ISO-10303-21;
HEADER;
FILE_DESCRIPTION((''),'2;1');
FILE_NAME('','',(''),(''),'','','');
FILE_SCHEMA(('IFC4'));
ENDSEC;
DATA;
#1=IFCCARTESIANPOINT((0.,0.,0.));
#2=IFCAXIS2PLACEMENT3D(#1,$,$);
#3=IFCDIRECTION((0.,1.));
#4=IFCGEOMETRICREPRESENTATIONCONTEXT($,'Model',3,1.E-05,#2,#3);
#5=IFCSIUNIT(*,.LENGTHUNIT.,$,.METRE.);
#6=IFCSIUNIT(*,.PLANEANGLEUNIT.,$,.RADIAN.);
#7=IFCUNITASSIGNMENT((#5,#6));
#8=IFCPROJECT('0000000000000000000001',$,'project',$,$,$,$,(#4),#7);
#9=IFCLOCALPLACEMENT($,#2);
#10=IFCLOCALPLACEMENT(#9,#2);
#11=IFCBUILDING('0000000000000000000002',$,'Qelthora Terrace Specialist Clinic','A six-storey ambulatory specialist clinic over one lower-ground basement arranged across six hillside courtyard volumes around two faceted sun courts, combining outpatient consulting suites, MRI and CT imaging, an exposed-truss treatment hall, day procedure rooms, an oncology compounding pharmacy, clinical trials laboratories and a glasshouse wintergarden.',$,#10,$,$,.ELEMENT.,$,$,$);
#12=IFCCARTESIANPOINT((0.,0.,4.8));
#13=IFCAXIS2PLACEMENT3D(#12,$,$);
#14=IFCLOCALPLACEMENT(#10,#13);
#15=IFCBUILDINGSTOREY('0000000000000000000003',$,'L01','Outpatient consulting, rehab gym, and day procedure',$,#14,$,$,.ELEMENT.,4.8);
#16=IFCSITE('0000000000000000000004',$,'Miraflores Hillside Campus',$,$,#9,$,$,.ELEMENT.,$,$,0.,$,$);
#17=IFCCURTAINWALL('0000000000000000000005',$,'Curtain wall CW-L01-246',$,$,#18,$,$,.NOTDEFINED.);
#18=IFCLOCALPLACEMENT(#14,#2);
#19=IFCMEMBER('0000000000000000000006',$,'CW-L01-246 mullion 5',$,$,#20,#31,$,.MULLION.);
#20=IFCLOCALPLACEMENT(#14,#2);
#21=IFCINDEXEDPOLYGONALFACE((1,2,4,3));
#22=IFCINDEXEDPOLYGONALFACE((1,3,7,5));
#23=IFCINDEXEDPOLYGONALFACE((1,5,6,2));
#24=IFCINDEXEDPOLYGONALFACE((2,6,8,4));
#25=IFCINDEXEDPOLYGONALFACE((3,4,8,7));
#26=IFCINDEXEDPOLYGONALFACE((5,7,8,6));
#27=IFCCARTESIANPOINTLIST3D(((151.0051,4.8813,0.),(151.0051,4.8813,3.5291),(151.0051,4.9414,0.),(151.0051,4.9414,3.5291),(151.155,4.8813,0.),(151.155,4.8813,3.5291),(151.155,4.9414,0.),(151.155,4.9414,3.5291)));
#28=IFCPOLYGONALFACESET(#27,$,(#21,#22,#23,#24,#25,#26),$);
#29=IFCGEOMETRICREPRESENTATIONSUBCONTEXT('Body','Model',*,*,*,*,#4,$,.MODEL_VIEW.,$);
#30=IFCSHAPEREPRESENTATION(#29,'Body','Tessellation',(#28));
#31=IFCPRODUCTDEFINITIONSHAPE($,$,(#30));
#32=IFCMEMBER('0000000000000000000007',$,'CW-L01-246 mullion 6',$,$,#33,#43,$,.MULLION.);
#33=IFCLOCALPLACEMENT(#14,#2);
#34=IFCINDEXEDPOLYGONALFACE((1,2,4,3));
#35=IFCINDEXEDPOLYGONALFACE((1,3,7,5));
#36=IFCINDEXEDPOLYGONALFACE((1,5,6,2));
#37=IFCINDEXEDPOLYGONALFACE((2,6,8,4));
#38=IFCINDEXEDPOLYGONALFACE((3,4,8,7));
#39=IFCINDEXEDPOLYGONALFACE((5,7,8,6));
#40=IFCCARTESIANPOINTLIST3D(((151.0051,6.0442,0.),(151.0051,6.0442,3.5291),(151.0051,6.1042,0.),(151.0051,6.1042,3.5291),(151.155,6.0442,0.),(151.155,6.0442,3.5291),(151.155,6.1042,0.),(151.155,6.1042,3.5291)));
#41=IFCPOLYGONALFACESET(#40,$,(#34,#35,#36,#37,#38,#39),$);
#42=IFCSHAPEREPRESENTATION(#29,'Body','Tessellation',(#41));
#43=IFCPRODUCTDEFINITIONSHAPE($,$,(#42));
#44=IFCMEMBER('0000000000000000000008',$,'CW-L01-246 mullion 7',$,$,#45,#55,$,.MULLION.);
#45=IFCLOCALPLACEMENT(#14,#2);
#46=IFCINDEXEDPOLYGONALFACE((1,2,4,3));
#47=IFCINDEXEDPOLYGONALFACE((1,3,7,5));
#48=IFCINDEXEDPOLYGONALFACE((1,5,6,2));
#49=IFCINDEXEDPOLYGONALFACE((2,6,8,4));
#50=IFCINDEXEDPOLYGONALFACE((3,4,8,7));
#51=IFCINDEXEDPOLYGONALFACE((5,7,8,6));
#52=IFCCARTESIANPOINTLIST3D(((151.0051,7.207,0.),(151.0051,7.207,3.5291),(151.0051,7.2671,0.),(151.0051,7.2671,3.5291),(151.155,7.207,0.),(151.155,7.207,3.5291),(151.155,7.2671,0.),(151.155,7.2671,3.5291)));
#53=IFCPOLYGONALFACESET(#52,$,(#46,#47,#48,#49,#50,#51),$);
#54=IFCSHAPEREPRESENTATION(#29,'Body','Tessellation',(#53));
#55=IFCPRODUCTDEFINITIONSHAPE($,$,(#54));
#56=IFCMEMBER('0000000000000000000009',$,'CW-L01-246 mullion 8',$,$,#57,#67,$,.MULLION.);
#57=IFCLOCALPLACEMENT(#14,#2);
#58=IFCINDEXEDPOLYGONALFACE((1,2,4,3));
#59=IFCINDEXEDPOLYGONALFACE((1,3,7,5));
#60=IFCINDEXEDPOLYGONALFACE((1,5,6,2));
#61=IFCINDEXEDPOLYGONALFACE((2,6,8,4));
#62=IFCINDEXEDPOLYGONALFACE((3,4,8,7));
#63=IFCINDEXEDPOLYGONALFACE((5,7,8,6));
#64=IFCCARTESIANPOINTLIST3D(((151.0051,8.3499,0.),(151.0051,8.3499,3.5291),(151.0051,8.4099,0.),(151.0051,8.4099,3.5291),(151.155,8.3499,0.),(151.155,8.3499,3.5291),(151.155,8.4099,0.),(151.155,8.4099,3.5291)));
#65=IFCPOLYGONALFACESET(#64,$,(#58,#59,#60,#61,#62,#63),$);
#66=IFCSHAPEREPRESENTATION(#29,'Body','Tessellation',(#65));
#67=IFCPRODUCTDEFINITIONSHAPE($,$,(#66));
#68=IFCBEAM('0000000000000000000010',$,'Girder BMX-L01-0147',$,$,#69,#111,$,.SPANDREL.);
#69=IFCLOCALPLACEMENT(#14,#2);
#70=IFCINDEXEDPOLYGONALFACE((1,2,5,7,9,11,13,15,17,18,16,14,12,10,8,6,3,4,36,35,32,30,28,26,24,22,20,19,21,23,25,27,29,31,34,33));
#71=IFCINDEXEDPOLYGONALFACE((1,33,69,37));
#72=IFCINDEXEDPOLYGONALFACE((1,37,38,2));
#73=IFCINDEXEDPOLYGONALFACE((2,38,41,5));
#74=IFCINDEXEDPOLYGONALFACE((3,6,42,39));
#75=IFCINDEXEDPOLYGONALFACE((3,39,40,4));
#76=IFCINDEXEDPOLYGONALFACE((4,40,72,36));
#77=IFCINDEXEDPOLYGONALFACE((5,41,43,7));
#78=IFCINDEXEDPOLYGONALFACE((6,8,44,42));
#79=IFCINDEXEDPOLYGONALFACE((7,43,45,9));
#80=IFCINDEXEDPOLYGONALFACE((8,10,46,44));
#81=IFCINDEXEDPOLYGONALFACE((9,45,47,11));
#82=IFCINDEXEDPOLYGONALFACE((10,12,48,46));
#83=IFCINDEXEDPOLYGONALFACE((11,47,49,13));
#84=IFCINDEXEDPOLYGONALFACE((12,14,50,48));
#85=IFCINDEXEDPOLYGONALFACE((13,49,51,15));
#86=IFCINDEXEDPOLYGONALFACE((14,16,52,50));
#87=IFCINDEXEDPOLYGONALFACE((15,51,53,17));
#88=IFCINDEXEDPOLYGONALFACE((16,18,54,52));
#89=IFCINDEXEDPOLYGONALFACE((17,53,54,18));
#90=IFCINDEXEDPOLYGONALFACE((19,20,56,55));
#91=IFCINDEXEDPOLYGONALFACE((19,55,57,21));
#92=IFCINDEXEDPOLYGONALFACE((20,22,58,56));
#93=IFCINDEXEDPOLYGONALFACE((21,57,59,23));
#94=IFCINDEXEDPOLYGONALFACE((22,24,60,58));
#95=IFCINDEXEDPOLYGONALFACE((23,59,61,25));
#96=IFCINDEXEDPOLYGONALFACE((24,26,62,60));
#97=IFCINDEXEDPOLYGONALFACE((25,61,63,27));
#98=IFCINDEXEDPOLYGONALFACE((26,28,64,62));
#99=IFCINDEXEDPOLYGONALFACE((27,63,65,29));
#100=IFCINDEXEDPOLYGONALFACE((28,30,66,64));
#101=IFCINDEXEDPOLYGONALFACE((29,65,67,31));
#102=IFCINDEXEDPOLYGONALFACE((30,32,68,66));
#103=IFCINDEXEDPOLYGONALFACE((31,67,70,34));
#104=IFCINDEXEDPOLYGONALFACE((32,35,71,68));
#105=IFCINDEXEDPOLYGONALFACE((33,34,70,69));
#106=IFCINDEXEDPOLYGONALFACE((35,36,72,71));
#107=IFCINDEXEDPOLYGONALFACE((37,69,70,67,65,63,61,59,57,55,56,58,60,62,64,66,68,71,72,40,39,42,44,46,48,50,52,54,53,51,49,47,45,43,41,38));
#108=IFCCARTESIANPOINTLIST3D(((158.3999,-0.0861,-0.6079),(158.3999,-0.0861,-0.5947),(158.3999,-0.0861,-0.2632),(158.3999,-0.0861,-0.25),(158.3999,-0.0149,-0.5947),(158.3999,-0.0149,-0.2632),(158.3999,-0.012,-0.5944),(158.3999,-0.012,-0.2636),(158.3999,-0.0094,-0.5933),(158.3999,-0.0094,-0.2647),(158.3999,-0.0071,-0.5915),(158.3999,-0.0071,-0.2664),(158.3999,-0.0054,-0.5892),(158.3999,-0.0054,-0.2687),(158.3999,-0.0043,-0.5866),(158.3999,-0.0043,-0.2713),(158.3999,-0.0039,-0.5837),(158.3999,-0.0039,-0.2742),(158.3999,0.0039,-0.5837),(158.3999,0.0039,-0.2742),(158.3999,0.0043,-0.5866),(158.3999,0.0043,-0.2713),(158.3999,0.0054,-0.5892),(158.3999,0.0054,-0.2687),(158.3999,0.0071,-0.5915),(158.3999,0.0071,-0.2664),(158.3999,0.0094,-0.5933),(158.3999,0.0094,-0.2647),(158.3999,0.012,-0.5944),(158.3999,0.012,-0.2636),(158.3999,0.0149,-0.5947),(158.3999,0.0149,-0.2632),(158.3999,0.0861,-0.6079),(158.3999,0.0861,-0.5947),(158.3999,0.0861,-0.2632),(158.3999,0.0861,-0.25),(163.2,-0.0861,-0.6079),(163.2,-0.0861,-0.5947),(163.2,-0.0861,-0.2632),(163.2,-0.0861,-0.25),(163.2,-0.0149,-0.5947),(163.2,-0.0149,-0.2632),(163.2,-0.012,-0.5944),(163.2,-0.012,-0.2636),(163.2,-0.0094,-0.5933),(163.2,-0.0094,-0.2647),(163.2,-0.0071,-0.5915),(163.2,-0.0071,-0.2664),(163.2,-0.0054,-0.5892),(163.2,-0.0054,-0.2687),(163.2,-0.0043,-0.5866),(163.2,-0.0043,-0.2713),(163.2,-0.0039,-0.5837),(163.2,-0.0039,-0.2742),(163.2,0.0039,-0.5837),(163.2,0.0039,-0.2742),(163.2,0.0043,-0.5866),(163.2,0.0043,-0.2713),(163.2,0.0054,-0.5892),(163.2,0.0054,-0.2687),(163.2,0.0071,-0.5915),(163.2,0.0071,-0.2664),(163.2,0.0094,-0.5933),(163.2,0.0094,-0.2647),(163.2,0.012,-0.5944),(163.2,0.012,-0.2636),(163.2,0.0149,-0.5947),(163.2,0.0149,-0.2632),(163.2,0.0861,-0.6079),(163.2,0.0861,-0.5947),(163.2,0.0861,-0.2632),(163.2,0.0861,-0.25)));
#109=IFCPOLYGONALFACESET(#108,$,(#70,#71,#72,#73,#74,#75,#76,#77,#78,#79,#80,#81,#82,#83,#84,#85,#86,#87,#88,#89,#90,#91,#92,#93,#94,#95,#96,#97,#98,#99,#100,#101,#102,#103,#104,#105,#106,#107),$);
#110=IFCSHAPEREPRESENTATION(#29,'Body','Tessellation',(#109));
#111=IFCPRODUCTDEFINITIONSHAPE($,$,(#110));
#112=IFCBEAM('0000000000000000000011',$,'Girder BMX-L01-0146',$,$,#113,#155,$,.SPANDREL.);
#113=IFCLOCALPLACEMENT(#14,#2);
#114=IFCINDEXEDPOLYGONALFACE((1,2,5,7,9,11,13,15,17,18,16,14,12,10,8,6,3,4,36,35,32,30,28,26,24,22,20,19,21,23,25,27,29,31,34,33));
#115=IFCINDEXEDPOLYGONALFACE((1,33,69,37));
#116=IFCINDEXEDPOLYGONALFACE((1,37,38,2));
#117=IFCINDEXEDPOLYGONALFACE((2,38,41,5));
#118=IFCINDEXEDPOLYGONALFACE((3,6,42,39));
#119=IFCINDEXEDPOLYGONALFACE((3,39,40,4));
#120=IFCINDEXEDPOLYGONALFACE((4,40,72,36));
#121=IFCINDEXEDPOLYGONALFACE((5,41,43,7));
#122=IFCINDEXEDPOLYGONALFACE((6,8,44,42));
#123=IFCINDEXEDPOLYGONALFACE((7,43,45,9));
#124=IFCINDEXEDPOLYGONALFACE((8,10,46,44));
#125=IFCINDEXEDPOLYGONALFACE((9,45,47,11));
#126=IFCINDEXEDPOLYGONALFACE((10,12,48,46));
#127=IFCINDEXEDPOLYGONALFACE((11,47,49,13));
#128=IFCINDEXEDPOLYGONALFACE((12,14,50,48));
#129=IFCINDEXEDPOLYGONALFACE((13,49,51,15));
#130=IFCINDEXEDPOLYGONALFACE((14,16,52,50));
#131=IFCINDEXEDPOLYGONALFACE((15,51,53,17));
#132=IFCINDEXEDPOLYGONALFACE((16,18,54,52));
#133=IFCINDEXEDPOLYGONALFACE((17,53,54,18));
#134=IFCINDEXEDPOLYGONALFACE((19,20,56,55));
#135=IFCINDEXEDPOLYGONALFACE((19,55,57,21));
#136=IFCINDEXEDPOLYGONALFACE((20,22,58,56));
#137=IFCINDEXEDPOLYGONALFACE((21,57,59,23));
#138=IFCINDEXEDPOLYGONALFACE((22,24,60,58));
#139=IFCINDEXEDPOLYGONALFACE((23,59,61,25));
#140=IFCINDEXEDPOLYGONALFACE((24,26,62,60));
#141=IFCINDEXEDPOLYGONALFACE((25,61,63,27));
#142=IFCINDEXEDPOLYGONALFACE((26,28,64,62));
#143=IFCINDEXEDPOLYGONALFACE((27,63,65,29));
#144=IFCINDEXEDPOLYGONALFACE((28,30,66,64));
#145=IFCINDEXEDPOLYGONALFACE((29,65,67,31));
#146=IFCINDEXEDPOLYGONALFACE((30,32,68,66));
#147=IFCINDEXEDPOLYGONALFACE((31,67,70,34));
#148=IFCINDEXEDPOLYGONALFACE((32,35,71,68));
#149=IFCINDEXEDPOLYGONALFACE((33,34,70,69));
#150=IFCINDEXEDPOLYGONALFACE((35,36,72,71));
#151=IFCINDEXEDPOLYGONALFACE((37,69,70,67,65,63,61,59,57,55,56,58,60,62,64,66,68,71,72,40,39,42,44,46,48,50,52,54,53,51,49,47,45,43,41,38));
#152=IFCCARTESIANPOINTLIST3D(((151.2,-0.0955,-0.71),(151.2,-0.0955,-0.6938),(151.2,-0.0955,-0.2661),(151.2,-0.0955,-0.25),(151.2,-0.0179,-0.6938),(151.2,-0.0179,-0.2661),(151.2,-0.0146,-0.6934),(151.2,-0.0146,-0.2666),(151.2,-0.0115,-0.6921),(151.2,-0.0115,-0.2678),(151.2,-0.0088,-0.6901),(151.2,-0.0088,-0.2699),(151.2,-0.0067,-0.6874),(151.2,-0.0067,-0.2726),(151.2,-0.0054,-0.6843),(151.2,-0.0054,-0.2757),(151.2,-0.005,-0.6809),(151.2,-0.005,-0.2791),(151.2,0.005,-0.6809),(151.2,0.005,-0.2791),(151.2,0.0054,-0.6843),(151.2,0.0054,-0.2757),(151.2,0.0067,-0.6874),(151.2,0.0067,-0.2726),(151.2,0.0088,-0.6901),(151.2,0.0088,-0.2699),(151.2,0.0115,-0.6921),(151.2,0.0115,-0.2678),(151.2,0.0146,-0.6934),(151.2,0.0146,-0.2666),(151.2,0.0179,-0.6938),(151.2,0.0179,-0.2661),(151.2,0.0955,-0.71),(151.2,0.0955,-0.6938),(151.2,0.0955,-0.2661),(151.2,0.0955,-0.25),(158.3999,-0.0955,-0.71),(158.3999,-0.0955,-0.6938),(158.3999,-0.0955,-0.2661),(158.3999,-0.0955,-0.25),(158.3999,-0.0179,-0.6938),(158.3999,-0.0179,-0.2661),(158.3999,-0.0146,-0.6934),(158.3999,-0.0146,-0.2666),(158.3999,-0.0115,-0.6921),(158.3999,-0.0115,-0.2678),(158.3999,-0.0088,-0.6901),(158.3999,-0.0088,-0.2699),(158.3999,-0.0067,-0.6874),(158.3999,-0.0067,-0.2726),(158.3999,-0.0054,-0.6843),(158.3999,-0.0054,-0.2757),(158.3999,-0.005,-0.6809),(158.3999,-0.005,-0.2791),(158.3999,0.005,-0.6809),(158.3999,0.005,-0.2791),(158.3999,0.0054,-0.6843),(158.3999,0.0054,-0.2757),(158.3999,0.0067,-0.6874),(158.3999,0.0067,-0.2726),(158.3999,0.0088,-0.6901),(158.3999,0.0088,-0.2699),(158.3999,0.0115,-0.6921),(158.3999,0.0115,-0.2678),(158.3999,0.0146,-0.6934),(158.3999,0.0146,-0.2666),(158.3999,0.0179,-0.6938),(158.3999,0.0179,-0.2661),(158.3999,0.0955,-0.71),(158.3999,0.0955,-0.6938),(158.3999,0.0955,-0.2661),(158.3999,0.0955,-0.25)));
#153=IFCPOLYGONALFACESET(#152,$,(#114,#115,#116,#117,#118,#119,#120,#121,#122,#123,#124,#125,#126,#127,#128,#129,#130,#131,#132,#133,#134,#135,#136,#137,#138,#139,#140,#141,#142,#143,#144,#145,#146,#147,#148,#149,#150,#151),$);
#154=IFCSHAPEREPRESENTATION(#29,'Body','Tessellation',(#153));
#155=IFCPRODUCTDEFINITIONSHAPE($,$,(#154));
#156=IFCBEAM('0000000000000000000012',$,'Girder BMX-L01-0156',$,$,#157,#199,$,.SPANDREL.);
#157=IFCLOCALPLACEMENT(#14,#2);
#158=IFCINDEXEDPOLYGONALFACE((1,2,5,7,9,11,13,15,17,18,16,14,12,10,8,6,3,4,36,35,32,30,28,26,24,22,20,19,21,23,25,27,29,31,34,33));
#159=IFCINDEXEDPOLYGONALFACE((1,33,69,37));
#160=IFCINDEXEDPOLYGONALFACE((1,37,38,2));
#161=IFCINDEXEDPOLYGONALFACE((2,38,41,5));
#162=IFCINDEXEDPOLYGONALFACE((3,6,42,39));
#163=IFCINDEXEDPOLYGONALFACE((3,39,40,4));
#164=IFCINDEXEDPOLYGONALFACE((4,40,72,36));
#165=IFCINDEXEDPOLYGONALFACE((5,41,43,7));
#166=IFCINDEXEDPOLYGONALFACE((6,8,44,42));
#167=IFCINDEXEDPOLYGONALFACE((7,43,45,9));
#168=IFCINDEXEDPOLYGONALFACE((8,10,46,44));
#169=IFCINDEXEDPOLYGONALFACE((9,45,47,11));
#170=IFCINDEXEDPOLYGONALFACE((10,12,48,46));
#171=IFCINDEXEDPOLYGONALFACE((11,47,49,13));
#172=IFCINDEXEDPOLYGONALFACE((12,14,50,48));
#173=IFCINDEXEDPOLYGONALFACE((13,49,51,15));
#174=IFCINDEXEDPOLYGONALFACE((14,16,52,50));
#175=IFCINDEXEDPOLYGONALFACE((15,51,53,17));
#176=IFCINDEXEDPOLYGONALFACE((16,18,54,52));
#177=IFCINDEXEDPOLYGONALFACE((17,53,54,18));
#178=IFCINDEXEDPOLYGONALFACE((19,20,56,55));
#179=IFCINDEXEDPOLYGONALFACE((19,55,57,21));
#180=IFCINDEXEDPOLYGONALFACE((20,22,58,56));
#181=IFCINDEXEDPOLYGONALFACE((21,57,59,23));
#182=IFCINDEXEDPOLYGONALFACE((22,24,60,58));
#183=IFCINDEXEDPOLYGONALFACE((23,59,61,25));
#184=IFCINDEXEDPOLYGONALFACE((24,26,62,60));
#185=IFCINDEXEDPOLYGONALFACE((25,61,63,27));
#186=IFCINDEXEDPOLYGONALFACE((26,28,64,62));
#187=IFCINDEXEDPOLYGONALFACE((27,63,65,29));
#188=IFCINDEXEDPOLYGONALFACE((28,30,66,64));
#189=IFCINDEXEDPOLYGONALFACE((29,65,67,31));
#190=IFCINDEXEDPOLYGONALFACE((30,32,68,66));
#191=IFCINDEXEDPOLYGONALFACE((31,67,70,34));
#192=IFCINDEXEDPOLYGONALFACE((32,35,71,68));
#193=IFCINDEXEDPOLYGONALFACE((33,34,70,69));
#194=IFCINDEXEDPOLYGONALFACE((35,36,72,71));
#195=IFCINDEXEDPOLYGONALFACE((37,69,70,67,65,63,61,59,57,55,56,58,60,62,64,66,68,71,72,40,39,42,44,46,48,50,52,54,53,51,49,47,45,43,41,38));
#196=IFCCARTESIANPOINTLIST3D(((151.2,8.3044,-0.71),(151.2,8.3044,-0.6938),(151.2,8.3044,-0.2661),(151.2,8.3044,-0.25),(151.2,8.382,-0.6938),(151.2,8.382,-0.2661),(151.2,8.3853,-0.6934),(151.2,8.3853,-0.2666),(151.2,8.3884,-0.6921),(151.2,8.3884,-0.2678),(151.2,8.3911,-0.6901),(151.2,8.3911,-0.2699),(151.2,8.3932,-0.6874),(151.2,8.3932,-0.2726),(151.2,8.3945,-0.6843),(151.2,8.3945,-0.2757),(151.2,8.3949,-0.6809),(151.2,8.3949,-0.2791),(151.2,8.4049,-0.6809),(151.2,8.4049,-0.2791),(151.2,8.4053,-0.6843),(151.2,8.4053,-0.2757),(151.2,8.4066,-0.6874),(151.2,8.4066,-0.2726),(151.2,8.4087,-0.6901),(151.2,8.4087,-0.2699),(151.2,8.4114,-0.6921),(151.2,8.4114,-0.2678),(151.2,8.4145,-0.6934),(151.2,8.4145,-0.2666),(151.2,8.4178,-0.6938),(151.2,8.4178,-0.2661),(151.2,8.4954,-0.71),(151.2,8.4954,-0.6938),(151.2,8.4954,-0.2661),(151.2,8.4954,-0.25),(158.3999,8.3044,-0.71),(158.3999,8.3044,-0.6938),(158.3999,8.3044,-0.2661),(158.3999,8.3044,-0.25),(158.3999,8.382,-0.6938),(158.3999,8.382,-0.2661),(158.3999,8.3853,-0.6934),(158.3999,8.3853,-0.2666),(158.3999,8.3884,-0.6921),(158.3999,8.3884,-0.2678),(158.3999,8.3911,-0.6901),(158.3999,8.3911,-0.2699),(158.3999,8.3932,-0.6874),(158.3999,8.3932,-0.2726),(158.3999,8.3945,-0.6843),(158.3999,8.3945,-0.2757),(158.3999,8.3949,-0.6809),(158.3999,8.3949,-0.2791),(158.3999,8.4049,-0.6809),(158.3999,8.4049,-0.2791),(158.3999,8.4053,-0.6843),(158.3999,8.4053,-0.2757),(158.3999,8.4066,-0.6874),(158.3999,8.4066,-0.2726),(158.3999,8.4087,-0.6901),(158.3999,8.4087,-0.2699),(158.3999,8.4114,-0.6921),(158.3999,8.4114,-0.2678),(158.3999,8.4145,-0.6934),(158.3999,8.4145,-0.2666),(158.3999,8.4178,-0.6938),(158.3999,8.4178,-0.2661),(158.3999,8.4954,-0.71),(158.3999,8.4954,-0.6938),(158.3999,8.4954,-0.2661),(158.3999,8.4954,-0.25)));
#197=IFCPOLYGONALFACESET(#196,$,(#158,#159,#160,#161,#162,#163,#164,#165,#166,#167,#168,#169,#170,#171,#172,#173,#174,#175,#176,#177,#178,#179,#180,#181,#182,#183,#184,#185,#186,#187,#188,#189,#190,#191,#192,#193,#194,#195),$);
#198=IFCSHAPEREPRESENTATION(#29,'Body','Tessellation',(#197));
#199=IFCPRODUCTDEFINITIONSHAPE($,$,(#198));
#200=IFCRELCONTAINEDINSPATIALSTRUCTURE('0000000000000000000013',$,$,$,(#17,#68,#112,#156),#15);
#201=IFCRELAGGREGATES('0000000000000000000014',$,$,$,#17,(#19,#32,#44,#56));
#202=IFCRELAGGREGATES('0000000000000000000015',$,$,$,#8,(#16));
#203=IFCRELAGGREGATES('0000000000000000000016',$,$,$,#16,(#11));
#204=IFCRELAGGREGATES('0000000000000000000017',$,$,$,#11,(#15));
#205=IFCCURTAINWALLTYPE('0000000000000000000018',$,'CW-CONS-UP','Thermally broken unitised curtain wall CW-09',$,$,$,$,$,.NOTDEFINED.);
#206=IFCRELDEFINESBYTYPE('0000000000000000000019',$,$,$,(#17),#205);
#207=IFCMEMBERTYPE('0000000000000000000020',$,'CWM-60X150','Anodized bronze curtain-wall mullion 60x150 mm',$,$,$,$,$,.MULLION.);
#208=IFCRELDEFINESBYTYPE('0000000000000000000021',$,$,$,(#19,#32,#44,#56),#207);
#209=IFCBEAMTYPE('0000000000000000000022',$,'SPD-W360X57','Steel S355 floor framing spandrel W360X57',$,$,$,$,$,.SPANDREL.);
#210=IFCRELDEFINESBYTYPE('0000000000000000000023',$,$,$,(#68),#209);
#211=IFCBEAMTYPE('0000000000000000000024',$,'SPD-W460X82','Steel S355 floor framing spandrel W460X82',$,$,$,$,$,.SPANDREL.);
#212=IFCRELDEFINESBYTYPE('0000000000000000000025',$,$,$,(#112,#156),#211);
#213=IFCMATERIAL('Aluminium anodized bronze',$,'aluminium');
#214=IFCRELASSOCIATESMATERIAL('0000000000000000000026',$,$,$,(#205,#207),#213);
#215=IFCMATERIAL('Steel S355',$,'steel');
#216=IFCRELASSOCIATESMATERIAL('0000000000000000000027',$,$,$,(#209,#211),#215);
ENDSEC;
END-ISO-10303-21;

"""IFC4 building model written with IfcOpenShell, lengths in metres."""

from ifc_helpers import new_model, si_unit, direction, frame, origin, origin_2d, place, context, subcontext, project, spatial, rectangle, i_section, extrude, material, material_profile, profile_set, type_object, element, aggregate, save


model = new_model("IFC4")

# Units and contexts
model_context = context("Model", 3, precision=1e-05, world=origin(), true_north=direction((0.0, 1.0)))
body_context = subcontext(model_context, "Body", "Model", "MODEL_VIEW")
ifc_project = project(units=[si_unit("LENGTHUNIT", "METRE"), si_unit("PLANEANGLEUNIT", "RADIAN")], contexts=[model_context])

# Site, building, storey
site_placement = place(None, origin())
site = spatial("IfcSite", under=ifc_project, at=site_placement, Name="Miraflores Hillside Campus", CompositionType="ELEMENT", RefElevation=0.0)
building_placement = place(site_placement, origin())
building = spatial("IfcBuilding", under=site, at=building_placement, Name="Qelthora Terrace Specialist Clinic", Description="A six-storey ambulatory specialist clinic over one lower-ground basement arranged across six hillside courtyard volumes around two faceted sun courts, combining outpatient consulting suites, MRI and CT imaging, an exposed-truss treatment hall, day procedure rooms, an oncology compounding pharmacy, clinical trials laboratories and a glasshouse wintergarden.", CompositionType="ELEMENT")
storey_placement = place(building_placement, frame((0.0, 0.0, 4.8)))
storey = spatial("IfcBuildingStorey", under=building, at=storey_placement, Name="L01", Description="Outpatient consulting, rehab gym, and day procedure", CompositionType="ELEMENT", Elevation=4.8)

# Shared definitions
ifc_material_1 = material(Name="Steel S355", Category="steel")

# Curtain wall, members
ifc_material_2 = material(Name="Aluminium anodized bronze", Category="aluminium")
curtain_wall_type = type_object("IfcCurtainWallType", Name="CW-CONS-UP", Description="Thermally broken unitised curtain wall CW-09", PredefinedType="NOTDEFINED", material=ifc_material_2)
curtain_wall_placement = place(storey_placement, origin())
curtain_wall = element("IfcCurtainWall", 1, at=curtain_wall_placement, inside=storey, type_object=curtain_wall_type, Name="Curtain wall CW-L01-246", PredefinedType="NOTDEFINED")
ifc_material_profile_1 = material_profile(ifc_material_2, rectangle(XDim=0.0601, YDim=0.1499, at=origin_2d()), Name="CWM60X150")
ifc_profile_set_1 = profile_set([ifc_material_profile_1], Name="Aluminium anodized bronze")
member_type = type_object("IfcMemberType", Name="CWM-60X150", Description="Anodized bronze curtain-wall mullion 60x150 mm", PredefinedType="MULLION", material=ifc_profile_set_1)
member_1_placement = place(storey_placement, frame((151.0801, 4.9114, 0.0), z_axis=(0.0, 0.0, 1.0), x_axis=(0.0, 1.0, 0.0)))
member_1 = element("IfcMember", 2, at=member_1_placement, type_object=member_type, Name="CW-L01-246 mullion 5", PredefinedType="MULLION", context=body_context, shape_type="SweptSolid", body=[
    extrude(rectangle(XDim=0.0601, YDim=0.1499, at=origin_2d()), origin(), (0.0, 0.0, 1.0), 3.5291),
])
member_2_placement = place(storey_placement, frame((151.0801, 6.0742, 0.0), z_axis=(0.0, 0.0, 1.0), x_axis=(0.0, 1.0, 0.0)))
member_2 = element("IfcMember", 3, at=member_2_placement, type_object=member_type, Name="CW-L01-246 mullion 6", PredefinedType="MULLION", context=body_context, shape_type="SweptSolid", body=[
    extrude(rectangle(XDim=0.0601, YDim=0.1499, at=origin_2d()), origin(), (0.0, 0.0, 1.0), 3.5291),
])
member_3_placement = place(storey_placement, frame((151.0801, 7.2371, 0.0), z_axis=(0.0, 0.0, 1.0), x_axis=(0.0, 1.0, 0.0)))
member_3 = element("IfcMember", 4, at=member_3_placement, type_object=member_type, Name="CW-L01-246 mullion 7", PredefinedType="MULLION", context=body_context, shape_type="SweptSolid", body=[
    extrude(rectangle(XDim=0.0601, YDim=0.1499, at=origin_2d()), origin(), (0.0, 0.0, 1.0), 3.5291),
])
member_4_placement = place(storey_placement, frame((151.0801, 8.3799, 0.0), z_axis=(0.0, 0.0, 1.0), x_axis=(0.0, 1.0, 0.0)))
member_4 = element("IfcMember", 5, at=member_4_placement, type_object=member_type, Name="CW-L01-246 mullion 8", PredefinedType="MULLION", context=body_context, shape_type="SweptSolid", body=[
    extrude(rectangle(XDim=0.0601, YDim=0.1499, at=origin_2d()), origin(), (0.0, 0.0, 1.0), 3.5291),
])

# Beams
ifc_material_profile_2 = material_profile(ifc_material_1, i_section(OverallWidth=0.1721, OverallDepth=0.3579, WebThickness=0.0078, FlangeThickness=0.0132, FilletRadius=0.011, at=origin_2d()), Name="W360X57")
ifc_profile_set_2 = profile_set([ifc_material_profile_2], Name="Steel S355")
beam_type_1 = type_object("IfcBeamType", Name="SPD-W360X57", Description="Steel S355 floor framing spandrel W360X57", PredefinedType="SPANDREL", material=ifc_profile_set_2)
beam_1_placement = place(storey_placement, frame((158.3999, 0.0, -0.429), z_axis=(1.0, 0.0, 0.0), x_axis=(0.0, 1.0, 0.0)))
element("IfcBeam", 6, at=beam_1_placement, inside=storey, type_object=beam_type_1, Name="Girder BMX-L01-0147", PredefinedType="SPANDREL", context=body_context, shape_type="SweptSolid", body=[
    extrude(i_section(OverallWidth=0.1721, OverallDepth=0.3579, WebThickness=0.0078, FlangeThickness=0.0132, FilletRadius=0.011, at=origin_2d()), origin(), (0.0, 0.0, 1.0), 4.8),
])
ifc_material_profile_3 = material_profile(ifc_material_1, i_section(OverallWidth=0.1909, OverallDepth=0.46, WebThickness=0.01, FlangeThickness=0.0161, FilletRadius=0.0129, at=origin_2d()), Name="W460X82")
ifc_profile_set_3 = profile_set([ifc_material_profile_3], Name="Steel S355")
beam_type_2 = type_object("IfcBeamType", Name="SPD-W460X82", Description="Steel S355 floor framing spandrel W460X82", PredefinedType="SPANDREL", material=ifc_profile_set_3)
for number, where, z_axis, x_axis, name in (
    (7, (151.2, 0.0, -0.48), (1.0, 0.0, 0.0), (0.0, 1.0, 0.0), "Girder BMX-L01-0146"),
    (8, (151.2, 8.3999, -0.48), (1.0, 0.0, 0.0), (0.0, 1.0, 0.0), "Girder BMX-L01-0156"),
):
    element("IfcBeam", number, at=place(storey_placement, frame(where, z_axis=z_axis, x_axis=x_axis)), inside=storey, type_object=beam_type_2, Name=name, PredefinedType="SPANDREL", context=body_context, shape_type="SweptSolid", body=[
        extrude(i_section(OverallWidth=0.1909, OverallDepth=0.46, WebThickness=0.01, FlangeThickness=0.0161, FilletRadius=0.0129, at=origin_2d()), origin(), (0.0, 0.0, 1.0), 7.2),
    ])

aggregate(curtain_wall, [member_1, member_2, member_3, member_4])

save(model, "model.ifc")
